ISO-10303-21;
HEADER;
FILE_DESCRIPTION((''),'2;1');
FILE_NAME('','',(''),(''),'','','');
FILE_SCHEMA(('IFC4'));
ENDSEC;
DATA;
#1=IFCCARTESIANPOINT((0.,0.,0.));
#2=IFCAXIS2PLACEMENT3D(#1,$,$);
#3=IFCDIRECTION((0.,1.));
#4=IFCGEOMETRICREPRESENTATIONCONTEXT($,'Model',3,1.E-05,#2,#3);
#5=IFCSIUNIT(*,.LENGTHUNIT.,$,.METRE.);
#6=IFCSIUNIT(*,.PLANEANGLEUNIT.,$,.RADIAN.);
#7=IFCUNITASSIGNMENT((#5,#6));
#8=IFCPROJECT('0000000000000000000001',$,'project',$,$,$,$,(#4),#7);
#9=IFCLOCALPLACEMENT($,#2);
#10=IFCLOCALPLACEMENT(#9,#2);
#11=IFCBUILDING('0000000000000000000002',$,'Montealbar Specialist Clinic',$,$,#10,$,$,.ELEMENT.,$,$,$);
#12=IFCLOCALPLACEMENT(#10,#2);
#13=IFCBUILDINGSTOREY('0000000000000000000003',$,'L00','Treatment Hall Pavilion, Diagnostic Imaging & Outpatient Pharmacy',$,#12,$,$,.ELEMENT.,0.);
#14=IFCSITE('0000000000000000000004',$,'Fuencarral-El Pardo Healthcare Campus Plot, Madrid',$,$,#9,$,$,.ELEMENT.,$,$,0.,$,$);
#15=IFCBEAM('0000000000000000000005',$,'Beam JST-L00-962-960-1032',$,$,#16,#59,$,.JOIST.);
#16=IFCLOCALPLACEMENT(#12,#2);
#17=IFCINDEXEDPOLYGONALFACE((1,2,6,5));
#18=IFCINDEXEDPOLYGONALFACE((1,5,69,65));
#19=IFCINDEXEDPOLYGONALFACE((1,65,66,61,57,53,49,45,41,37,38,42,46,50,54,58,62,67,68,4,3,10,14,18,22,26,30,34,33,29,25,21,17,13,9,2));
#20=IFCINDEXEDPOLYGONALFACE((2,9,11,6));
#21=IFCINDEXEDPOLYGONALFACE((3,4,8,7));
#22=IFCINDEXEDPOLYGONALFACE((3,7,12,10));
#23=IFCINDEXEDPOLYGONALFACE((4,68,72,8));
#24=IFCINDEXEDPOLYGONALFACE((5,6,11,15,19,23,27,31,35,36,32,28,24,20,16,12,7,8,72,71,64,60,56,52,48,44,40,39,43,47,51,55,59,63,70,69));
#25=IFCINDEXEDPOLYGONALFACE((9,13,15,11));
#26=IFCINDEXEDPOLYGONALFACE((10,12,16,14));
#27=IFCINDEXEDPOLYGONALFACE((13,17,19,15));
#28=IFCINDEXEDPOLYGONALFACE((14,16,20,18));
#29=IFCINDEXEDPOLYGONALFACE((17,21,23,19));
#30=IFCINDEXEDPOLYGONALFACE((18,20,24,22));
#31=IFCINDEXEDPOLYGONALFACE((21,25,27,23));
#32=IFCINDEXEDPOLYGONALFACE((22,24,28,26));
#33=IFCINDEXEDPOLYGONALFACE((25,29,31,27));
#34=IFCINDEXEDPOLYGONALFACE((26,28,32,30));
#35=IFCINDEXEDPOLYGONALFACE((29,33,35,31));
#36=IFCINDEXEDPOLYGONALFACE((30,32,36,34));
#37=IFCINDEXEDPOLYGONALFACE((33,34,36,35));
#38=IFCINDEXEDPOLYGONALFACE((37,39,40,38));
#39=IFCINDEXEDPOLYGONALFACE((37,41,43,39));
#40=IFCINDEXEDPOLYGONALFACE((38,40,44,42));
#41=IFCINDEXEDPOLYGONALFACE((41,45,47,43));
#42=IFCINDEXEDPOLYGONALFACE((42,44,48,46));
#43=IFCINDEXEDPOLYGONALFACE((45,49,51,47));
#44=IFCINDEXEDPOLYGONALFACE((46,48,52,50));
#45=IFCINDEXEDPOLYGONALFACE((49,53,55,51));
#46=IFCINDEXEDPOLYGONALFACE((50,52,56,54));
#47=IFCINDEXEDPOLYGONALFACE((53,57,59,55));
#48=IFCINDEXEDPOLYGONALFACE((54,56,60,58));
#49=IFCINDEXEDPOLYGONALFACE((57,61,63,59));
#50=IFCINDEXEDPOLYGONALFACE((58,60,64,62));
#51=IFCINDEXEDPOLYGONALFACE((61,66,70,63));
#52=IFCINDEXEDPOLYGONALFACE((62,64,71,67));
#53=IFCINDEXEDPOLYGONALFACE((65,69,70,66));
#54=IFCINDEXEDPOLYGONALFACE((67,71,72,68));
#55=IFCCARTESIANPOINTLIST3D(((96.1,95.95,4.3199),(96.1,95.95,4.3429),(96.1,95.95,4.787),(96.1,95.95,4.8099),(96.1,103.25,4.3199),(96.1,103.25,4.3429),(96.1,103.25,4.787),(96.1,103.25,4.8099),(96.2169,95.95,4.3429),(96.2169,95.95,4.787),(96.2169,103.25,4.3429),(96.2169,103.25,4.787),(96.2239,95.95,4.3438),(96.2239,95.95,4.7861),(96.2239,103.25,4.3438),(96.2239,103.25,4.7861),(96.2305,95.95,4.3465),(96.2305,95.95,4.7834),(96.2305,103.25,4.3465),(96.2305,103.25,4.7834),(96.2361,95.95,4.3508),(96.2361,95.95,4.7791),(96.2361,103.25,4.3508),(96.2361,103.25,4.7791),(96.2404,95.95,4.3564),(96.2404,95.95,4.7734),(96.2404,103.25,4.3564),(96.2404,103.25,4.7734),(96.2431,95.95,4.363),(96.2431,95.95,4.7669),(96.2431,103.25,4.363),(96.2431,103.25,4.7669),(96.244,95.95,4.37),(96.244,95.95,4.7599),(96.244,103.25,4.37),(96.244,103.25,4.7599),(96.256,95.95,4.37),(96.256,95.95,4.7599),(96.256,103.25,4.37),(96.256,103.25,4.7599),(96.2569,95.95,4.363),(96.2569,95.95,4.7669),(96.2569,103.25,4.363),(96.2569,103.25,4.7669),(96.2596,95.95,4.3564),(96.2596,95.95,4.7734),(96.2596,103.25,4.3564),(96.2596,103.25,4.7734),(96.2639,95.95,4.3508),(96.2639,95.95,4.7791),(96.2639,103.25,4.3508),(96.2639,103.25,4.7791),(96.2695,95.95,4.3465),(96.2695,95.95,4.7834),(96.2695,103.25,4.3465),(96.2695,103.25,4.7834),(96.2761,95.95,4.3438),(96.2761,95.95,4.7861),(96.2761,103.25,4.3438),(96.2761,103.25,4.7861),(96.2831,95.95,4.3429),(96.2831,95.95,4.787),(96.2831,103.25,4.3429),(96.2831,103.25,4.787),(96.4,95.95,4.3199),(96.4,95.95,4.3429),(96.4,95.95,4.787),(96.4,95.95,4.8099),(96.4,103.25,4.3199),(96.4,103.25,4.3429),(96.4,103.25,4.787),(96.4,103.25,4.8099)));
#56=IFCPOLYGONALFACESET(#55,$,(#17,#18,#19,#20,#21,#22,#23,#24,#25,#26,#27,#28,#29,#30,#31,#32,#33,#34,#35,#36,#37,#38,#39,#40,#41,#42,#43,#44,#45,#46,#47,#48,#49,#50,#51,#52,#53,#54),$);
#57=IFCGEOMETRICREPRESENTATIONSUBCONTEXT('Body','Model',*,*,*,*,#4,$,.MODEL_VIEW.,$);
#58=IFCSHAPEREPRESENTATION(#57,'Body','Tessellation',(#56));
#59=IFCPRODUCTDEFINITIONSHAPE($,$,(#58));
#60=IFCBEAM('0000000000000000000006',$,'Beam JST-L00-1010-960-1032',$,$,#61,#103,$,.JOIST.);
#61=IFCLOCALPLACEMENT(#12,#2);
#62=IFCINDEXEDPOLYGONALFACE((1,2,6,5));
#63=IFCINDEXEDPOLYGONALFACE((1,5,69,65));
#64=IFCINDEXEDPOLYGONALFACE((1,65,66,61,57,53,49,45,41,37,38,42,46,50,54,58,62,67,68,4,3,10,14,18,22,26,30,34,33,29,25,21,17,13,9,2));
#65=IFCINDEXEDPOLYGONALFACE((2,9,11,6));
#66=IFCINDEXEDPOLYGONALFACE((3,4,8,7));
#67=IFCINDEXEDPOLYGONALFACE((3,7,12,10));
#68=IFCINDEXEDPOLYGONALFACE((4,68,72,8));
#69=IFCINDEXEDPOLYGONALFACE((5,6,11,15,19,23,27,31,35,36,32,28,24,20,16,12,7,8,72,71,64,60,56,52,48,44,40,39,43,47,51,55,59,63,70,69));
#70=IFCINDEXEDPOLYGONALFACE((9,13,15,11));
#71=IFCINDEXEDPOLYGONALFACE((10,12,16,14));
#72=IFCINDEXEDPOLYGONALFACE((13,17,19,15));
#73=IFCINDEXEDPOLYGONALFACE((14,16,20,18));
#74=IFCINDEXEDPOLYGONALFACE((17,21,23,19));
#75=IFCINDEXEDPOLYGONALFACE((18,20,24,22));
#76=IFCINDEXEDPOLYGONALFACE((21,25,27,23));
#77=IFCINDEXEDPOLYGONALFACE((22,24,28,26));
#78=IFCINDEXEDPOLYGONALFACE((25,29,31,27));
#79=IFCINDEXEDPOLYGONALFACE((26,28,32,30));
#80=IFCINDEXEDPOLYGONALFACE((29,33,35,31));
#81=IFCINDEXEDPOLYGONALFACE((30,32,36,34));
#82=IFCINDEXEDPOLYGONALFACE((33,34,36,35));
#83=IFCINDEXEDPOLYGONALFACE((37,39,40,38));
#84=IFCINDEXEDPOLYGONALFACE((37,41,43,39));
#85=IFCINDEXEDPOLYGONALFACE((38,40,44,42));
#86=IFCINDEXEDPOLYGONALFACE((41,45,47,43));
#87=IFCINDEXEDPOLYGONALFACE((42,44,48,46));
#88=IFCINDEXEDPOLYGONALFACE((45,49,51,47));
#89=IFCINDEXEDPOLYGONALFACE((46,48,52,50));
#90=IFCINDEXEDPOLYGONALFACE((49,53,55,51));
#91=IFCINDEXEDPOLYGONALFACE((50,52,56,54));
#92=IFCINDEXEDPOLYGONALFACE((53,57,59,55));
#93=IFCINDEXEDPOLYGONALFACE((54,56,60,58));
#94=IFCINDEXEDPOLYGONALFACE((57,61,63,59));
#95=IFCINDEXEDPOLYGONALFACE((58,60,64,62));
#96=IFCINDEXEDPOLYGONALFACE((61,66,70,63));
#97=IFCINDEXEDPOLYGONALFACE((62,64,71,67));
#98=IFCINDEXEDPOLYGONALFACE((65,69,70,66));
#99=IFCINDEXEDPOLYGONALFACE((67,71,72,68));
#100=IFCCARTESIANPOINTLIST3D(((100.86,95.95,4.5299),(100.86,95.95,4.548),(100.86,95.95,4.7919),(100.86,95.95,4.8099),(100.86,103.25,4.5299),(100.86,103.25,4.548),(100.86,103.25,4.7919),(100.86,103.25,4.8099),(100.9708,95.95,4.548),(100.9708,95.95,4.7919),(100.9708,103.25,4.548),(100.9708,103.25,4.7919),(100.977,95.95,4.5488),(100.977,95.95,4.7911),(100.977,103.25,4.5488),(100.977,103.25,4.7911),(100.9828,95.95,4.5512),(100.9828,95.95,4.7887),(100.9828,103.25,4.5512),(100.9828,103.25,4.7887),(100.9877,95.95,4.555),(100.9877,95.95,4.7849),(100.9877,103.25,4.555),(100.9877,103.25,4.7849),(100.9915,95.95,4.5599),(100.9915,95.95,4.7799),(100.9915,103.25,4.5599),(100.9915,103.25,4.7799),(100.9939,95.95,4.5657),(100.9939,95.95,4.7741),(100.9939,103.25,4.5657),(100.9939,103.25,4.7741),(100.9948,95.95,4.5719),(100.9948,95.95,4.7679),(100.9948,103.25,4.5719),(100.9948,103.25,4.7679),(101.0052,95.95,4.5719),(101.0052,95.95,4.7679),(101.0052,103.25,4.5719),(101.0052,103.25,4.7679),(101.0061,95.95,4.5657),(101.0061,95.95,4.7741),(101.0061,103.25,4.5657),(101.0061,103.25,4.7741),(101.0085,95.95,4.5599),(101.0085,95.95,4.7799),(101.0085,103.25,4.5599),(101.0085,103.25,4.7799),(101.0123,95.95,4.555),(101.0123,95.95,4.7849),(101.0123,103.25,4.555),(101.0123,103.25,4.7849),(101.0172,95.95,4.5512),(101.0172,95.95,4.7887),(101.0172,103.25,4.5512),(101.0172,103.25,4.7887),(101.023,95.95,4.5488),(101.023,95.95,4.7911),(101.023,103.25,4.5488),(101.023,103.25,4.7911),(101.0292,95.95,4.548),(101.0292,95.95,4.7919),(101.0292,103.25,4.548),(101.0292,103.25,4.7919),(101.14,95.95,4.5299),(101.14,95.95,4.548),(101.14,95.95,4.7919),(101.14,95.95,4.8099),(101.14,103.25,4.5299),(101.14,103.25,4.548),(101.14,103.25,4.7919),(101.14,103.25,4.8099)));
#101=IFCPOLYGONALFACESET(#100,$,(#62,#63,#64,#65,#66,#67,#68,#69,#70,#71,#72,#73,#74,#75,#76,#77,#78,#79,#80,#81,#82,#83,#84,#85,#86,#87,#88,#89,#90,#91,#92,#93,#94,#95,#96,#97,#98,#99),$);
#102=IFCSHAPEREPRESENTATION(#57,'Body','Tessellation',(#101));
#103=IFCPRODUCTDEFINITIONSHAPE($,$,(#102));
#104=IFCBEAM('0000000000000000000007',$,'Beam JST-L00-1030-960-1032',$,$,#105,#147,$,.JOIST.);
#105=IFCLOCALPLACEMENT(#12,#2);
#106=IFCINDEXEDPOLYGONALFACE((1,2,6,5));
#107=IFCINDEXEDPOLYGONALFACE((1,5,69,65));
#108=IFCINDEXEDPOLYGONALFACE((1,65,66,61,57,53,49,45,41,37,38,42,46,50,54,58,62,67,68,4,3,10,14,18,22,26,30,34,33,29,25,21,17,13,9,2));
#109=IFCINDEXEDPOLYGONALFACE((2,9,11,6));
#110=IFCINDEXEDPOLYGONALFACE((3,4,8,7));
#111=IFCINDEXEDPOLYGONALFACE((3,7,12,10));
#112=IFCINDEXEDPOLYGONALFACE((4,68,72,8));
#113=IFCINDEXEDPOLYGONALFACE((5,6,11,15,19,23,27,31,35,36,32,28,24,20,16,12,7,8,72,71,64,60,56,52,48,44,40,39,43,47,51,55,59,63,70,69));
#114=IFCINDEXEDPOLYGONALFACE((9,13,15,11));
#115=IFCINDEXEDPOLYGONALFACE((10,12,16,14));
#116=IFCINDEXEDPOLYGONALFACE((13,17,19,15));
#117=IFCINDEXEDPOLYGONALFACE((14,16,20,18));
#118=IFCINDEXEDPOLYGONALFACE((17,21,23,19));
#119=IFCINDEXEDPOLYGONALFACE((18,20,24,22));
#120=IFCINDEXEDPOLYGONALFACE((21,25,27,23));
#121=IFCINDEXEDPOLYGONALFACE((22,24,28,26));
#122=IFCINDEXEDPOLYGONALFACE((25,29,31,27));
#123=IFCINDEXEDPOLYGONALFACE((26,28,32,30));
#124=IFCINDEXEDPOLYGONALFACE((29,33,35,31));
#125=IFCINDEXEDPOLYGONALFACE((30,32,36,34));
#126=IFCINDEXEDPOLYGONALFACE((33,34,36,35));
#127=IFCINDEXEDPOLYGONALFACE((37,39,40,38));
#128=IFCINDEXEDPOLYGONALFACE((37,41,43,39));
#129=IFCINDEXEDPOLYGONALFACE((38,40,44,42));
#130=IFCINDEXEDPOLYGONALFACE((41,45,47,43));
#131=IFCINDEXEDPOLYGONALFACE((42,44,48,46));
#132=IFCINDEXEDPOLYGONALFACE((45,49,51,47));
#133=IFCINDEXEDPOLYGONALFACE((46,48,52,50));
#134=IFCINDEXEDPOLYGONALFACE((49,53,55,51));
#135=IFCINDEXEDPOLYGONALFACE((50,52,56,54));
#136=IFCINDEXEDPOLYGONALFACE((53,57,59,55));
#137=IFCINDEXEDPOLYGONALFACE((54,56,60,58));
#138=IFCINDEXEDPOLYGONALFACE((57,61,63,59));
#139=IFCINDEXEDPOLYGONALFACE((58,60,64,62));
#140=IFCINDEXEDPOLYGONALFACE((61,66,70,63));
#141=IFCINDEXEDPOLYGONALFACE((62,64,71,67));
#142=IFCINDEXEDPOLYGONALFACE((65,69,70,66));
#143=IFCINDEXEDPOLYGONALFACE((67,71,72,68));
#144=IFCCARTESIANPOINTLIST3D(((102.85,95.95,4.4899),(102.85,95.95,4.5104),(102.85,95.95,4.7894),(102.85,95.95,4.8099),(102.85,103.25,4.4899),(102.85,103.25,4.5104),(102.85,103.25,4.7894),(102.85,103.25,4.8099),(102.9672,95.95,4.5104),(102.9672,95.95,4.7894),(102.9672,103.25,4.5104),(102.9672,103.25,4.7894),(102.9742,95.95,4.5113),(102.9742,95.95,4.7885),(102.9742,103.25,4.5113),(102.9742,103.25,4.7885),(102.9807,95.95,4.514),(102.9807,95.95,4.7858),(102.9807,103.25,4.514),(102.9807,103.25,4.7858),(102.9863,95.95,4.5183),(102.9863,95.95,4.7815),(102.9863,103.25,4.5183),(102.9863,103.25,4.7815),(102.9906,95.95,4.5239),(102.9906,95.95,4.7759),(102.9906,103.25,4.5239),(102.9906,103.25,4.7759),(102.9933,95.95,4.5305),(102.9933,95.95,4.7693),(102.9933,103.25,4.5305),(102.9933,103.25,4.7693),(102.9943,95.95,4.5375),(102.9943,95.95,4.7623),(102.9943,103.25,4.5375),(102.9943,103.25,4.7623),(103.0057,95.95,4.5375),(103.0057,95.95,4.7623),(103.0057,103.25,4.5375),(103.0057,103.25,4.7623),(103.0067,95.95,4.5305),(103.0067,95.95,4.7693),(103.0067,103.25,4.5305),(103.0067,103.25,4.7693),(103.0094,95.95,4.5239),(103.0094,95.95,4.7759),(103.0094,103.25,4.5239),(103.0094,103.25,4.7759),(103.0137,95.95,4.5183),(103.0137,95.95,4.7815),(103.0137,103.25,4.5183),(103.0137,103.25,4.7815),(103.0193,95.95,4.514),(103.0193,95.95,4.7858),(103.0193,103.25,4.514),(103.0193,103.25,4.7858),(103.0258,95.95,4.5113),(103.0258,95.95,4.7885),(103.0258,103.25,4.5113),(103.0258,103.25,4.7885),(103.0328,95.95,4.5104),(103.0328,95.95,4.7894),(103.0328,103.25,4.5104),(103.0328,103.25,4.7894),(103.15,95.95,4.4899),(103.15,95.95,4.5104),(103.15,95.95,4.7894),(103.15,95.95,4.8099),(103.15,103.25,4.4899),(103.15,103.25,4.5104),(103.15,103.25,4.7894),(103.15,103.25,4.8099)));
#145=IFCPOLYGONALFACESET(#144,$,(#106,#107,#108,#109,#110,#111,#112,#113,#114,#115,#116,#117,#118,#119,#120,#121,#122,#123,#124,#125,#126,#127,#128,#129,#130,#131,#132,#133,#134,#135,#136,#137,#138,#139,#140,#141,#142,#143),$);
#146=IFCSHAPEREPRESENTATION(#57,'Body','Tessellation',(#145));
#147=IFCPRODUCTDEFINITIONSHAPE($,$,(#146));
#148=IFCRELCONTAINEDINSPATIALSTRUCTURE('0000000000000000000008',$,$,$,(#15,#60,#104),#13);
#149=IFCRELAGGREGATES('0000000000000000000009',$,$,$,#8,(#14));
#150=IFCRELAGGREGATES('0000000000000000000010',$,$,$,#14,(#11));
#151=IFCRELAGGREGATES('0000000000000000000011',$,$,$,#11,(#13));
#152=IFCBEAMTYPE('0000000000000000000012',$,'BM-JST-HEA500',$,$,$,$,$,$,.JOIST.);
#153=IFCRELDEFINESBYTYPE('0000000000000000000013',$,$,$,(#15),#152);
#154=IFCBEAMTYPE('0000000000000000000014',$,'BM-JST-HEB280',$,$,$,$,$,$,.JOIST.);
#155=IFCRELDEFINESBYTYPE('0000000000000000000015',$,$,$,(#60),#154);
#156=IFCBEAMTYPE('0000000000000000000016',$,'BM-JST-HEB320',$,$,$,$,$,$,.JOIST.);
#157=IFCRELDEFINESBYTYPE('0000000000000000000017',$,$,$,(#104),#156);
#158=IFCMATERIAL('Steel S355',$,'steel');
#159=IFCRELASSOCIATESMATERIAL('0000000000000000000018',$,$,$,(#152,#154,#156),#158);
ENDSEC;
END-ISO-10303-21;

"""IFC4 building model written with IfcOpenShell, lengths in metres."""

from ifc_helpers import new_model, si_unit, direction, frame, origin, origin_2d, place, context, subcontext, project, spatial, i_section, extrude, material, material_profile, profile_set, type_object, element, save


model = new_model("IFC4")

# Units and contexts
model_context = context("Model", 3, precision=1e-05, world=origin(), true_north=direction((0.0, 1.0)))
body_context = subcontext(model_context, "Body", "Model", "MODEL_VIEW")
ifc_project = project(units=[si_unit("LENGTHUNIT", "METRE"), si_unit("PLANEANGLEUNIT", "RADIAN")], contexts=[model_context])

# Site, building, storey
site_placement = place(None, origin())
site = spatial("IfcSite", under=ifc_project, at=site_placement, Name="Fuencarral-El Pardo Healthcare Campus Plot, Madrid", CompositionType="ELEMENT", RefElevation=0.0)
building_placement = place(site_placement, origin())
building = spatial("IfcBuilding", under=site, at=building_placement, Name="Montealbar Specialist Clinic", CompositionType="ELEMENT")
storey_placement = place(building_placement, origin())
storey = spatial("IfcBuildingStorey", under=building, at=storey_placement, Name="L00", Description="Treatment Hall Pavilion, Diagnostic Imaging & Outpatient Pharmacy", CompositionType="ELEMENT", Elevation=0.0)

# Shared definitions
ifc_material_1 = material(Name="Steel S355", Category="steel")

# Beams
ifc_material_profile_1 = material_profile(ifc_material_1, i_section(OverallWidth=0.3, OverallDepth=0.49, WebThickness=0.012, FlangeThickness=0.0229, FilletRadius=0.0271, at=origin_2d()), Name="HEA 500", Category="steel")
ifc_profile_set_1 = profile_set([ifc_material_profile_1], Name="Steel S355")
beam_type_1 = type_object("IfcBeamType", Name="BM-JST-HEA500", PredefinedType="JOIST", material=ifc_profile_set_1)
beam_1_placement = place(storey_placement, frame((96.25, 95.95, 4.5649), z_axis=(0.0, 1.0, 0.0), x_axis=(-1.0, 0.0, 0.0)))
element("IfcBeam", 1, at=beam_1_placement, inside=storey, type_object=beam_type_1, Name="Beam JST-L00-962-960-1032", PredefinedType="JOIST", context=body_context, shape_type="SweptSolid", body=[
    extrude(i_section(OverallWidth=0.3, OverallDepth=0.49, WebThickness=0.012, FlangeThickness=0.0229, FilletRadius=0.0271, at=origin_2d()), origin(), (0.0, 0.0, 1.0), 7.3),
])
ifc_material_profile_2 = material_profile(ifc_material_1, i_section(OverallWidth=0.28, OverallDepth=0.28, WebThickness=0.0105, FlangeThickness=0.0181, FilletRadius=0.0239, at=origin_2d()), Name="HEB 280", Category="steel")
ifc_profile_set_2 = profile_set([ifc_material_profile_2], Name="Steel S355")
beam_type_2 = type_object("IfcBeamType", Name="BM-JST-HEB280", PredefinedType="JOIST", material=ifc_profile_set_2)
beam_2_placement = place(storey_placement, frame((101.0, 95.95, 4.6699), z_axis=(0.0, 1.0, 0.0), x_axis=(-1.0, 0.0, 0.0)))
element("IfcBeam", 2, at=beam_2_placement, inside=storey, type_object=beam_type_2, Name="Beam JST-L00-1010-960-1032", PredefinedType="JOIST", context=body_context, shape_type="SweptSolid", body=[
    extrude(i_section(OverallWidth=0.28, OverallDepth=0.28, WebThickness=0.0105, FlangeThickness=0.0181, FilletRadius=0.0239, at=origin_2d()), origin(), (0.0, 0.0, 1.0), 7.3),
])
ifc_material_profile_3 = material_profile(ifc_material_1, i_section(OverallWidth=0.3, OverallDepth=0.3201, WebThickness=0.0115, FlangeThickness=0.0205, FilletRadius=0.0271, at=origin_2d()), Name="HEB 320", Category="steel")
ifc_profile_set_3 = profile_set([ifc_material_profile_3], Name="Steel S355")
beam_type_3 = type_object("IfcBeamType", Name="BM-JST-HEB320", PredefinedType="JOIST", material=ifc_profile_set_3)
beam_3_placement = place(storey_placement, frame((103.0, 95.95, 4.6499), z_axis=(0.0, 1.0, 0.0), x_axis=(-1.0, 0.0, 0.0)))
element("IfcBeam", 3, at=beam_3_placement, inside=storey, type_object=beam_type_3, Name="Beam JST-L00-1030-960-1032", PredefinedType="JOIST", context=body_context, shape_type="SweptSolid", body=[
    extrude(i_section(OverallWidth=0.3, OverallDepth=0.3201, WebThickness=0.0115, FlangeThickness=0.0205, FilletRadius=0.0271, at=origin_2d()), origin(), (0.0, 0.0, 1.0), 7.3),
])

save(model, "model.ifc")
